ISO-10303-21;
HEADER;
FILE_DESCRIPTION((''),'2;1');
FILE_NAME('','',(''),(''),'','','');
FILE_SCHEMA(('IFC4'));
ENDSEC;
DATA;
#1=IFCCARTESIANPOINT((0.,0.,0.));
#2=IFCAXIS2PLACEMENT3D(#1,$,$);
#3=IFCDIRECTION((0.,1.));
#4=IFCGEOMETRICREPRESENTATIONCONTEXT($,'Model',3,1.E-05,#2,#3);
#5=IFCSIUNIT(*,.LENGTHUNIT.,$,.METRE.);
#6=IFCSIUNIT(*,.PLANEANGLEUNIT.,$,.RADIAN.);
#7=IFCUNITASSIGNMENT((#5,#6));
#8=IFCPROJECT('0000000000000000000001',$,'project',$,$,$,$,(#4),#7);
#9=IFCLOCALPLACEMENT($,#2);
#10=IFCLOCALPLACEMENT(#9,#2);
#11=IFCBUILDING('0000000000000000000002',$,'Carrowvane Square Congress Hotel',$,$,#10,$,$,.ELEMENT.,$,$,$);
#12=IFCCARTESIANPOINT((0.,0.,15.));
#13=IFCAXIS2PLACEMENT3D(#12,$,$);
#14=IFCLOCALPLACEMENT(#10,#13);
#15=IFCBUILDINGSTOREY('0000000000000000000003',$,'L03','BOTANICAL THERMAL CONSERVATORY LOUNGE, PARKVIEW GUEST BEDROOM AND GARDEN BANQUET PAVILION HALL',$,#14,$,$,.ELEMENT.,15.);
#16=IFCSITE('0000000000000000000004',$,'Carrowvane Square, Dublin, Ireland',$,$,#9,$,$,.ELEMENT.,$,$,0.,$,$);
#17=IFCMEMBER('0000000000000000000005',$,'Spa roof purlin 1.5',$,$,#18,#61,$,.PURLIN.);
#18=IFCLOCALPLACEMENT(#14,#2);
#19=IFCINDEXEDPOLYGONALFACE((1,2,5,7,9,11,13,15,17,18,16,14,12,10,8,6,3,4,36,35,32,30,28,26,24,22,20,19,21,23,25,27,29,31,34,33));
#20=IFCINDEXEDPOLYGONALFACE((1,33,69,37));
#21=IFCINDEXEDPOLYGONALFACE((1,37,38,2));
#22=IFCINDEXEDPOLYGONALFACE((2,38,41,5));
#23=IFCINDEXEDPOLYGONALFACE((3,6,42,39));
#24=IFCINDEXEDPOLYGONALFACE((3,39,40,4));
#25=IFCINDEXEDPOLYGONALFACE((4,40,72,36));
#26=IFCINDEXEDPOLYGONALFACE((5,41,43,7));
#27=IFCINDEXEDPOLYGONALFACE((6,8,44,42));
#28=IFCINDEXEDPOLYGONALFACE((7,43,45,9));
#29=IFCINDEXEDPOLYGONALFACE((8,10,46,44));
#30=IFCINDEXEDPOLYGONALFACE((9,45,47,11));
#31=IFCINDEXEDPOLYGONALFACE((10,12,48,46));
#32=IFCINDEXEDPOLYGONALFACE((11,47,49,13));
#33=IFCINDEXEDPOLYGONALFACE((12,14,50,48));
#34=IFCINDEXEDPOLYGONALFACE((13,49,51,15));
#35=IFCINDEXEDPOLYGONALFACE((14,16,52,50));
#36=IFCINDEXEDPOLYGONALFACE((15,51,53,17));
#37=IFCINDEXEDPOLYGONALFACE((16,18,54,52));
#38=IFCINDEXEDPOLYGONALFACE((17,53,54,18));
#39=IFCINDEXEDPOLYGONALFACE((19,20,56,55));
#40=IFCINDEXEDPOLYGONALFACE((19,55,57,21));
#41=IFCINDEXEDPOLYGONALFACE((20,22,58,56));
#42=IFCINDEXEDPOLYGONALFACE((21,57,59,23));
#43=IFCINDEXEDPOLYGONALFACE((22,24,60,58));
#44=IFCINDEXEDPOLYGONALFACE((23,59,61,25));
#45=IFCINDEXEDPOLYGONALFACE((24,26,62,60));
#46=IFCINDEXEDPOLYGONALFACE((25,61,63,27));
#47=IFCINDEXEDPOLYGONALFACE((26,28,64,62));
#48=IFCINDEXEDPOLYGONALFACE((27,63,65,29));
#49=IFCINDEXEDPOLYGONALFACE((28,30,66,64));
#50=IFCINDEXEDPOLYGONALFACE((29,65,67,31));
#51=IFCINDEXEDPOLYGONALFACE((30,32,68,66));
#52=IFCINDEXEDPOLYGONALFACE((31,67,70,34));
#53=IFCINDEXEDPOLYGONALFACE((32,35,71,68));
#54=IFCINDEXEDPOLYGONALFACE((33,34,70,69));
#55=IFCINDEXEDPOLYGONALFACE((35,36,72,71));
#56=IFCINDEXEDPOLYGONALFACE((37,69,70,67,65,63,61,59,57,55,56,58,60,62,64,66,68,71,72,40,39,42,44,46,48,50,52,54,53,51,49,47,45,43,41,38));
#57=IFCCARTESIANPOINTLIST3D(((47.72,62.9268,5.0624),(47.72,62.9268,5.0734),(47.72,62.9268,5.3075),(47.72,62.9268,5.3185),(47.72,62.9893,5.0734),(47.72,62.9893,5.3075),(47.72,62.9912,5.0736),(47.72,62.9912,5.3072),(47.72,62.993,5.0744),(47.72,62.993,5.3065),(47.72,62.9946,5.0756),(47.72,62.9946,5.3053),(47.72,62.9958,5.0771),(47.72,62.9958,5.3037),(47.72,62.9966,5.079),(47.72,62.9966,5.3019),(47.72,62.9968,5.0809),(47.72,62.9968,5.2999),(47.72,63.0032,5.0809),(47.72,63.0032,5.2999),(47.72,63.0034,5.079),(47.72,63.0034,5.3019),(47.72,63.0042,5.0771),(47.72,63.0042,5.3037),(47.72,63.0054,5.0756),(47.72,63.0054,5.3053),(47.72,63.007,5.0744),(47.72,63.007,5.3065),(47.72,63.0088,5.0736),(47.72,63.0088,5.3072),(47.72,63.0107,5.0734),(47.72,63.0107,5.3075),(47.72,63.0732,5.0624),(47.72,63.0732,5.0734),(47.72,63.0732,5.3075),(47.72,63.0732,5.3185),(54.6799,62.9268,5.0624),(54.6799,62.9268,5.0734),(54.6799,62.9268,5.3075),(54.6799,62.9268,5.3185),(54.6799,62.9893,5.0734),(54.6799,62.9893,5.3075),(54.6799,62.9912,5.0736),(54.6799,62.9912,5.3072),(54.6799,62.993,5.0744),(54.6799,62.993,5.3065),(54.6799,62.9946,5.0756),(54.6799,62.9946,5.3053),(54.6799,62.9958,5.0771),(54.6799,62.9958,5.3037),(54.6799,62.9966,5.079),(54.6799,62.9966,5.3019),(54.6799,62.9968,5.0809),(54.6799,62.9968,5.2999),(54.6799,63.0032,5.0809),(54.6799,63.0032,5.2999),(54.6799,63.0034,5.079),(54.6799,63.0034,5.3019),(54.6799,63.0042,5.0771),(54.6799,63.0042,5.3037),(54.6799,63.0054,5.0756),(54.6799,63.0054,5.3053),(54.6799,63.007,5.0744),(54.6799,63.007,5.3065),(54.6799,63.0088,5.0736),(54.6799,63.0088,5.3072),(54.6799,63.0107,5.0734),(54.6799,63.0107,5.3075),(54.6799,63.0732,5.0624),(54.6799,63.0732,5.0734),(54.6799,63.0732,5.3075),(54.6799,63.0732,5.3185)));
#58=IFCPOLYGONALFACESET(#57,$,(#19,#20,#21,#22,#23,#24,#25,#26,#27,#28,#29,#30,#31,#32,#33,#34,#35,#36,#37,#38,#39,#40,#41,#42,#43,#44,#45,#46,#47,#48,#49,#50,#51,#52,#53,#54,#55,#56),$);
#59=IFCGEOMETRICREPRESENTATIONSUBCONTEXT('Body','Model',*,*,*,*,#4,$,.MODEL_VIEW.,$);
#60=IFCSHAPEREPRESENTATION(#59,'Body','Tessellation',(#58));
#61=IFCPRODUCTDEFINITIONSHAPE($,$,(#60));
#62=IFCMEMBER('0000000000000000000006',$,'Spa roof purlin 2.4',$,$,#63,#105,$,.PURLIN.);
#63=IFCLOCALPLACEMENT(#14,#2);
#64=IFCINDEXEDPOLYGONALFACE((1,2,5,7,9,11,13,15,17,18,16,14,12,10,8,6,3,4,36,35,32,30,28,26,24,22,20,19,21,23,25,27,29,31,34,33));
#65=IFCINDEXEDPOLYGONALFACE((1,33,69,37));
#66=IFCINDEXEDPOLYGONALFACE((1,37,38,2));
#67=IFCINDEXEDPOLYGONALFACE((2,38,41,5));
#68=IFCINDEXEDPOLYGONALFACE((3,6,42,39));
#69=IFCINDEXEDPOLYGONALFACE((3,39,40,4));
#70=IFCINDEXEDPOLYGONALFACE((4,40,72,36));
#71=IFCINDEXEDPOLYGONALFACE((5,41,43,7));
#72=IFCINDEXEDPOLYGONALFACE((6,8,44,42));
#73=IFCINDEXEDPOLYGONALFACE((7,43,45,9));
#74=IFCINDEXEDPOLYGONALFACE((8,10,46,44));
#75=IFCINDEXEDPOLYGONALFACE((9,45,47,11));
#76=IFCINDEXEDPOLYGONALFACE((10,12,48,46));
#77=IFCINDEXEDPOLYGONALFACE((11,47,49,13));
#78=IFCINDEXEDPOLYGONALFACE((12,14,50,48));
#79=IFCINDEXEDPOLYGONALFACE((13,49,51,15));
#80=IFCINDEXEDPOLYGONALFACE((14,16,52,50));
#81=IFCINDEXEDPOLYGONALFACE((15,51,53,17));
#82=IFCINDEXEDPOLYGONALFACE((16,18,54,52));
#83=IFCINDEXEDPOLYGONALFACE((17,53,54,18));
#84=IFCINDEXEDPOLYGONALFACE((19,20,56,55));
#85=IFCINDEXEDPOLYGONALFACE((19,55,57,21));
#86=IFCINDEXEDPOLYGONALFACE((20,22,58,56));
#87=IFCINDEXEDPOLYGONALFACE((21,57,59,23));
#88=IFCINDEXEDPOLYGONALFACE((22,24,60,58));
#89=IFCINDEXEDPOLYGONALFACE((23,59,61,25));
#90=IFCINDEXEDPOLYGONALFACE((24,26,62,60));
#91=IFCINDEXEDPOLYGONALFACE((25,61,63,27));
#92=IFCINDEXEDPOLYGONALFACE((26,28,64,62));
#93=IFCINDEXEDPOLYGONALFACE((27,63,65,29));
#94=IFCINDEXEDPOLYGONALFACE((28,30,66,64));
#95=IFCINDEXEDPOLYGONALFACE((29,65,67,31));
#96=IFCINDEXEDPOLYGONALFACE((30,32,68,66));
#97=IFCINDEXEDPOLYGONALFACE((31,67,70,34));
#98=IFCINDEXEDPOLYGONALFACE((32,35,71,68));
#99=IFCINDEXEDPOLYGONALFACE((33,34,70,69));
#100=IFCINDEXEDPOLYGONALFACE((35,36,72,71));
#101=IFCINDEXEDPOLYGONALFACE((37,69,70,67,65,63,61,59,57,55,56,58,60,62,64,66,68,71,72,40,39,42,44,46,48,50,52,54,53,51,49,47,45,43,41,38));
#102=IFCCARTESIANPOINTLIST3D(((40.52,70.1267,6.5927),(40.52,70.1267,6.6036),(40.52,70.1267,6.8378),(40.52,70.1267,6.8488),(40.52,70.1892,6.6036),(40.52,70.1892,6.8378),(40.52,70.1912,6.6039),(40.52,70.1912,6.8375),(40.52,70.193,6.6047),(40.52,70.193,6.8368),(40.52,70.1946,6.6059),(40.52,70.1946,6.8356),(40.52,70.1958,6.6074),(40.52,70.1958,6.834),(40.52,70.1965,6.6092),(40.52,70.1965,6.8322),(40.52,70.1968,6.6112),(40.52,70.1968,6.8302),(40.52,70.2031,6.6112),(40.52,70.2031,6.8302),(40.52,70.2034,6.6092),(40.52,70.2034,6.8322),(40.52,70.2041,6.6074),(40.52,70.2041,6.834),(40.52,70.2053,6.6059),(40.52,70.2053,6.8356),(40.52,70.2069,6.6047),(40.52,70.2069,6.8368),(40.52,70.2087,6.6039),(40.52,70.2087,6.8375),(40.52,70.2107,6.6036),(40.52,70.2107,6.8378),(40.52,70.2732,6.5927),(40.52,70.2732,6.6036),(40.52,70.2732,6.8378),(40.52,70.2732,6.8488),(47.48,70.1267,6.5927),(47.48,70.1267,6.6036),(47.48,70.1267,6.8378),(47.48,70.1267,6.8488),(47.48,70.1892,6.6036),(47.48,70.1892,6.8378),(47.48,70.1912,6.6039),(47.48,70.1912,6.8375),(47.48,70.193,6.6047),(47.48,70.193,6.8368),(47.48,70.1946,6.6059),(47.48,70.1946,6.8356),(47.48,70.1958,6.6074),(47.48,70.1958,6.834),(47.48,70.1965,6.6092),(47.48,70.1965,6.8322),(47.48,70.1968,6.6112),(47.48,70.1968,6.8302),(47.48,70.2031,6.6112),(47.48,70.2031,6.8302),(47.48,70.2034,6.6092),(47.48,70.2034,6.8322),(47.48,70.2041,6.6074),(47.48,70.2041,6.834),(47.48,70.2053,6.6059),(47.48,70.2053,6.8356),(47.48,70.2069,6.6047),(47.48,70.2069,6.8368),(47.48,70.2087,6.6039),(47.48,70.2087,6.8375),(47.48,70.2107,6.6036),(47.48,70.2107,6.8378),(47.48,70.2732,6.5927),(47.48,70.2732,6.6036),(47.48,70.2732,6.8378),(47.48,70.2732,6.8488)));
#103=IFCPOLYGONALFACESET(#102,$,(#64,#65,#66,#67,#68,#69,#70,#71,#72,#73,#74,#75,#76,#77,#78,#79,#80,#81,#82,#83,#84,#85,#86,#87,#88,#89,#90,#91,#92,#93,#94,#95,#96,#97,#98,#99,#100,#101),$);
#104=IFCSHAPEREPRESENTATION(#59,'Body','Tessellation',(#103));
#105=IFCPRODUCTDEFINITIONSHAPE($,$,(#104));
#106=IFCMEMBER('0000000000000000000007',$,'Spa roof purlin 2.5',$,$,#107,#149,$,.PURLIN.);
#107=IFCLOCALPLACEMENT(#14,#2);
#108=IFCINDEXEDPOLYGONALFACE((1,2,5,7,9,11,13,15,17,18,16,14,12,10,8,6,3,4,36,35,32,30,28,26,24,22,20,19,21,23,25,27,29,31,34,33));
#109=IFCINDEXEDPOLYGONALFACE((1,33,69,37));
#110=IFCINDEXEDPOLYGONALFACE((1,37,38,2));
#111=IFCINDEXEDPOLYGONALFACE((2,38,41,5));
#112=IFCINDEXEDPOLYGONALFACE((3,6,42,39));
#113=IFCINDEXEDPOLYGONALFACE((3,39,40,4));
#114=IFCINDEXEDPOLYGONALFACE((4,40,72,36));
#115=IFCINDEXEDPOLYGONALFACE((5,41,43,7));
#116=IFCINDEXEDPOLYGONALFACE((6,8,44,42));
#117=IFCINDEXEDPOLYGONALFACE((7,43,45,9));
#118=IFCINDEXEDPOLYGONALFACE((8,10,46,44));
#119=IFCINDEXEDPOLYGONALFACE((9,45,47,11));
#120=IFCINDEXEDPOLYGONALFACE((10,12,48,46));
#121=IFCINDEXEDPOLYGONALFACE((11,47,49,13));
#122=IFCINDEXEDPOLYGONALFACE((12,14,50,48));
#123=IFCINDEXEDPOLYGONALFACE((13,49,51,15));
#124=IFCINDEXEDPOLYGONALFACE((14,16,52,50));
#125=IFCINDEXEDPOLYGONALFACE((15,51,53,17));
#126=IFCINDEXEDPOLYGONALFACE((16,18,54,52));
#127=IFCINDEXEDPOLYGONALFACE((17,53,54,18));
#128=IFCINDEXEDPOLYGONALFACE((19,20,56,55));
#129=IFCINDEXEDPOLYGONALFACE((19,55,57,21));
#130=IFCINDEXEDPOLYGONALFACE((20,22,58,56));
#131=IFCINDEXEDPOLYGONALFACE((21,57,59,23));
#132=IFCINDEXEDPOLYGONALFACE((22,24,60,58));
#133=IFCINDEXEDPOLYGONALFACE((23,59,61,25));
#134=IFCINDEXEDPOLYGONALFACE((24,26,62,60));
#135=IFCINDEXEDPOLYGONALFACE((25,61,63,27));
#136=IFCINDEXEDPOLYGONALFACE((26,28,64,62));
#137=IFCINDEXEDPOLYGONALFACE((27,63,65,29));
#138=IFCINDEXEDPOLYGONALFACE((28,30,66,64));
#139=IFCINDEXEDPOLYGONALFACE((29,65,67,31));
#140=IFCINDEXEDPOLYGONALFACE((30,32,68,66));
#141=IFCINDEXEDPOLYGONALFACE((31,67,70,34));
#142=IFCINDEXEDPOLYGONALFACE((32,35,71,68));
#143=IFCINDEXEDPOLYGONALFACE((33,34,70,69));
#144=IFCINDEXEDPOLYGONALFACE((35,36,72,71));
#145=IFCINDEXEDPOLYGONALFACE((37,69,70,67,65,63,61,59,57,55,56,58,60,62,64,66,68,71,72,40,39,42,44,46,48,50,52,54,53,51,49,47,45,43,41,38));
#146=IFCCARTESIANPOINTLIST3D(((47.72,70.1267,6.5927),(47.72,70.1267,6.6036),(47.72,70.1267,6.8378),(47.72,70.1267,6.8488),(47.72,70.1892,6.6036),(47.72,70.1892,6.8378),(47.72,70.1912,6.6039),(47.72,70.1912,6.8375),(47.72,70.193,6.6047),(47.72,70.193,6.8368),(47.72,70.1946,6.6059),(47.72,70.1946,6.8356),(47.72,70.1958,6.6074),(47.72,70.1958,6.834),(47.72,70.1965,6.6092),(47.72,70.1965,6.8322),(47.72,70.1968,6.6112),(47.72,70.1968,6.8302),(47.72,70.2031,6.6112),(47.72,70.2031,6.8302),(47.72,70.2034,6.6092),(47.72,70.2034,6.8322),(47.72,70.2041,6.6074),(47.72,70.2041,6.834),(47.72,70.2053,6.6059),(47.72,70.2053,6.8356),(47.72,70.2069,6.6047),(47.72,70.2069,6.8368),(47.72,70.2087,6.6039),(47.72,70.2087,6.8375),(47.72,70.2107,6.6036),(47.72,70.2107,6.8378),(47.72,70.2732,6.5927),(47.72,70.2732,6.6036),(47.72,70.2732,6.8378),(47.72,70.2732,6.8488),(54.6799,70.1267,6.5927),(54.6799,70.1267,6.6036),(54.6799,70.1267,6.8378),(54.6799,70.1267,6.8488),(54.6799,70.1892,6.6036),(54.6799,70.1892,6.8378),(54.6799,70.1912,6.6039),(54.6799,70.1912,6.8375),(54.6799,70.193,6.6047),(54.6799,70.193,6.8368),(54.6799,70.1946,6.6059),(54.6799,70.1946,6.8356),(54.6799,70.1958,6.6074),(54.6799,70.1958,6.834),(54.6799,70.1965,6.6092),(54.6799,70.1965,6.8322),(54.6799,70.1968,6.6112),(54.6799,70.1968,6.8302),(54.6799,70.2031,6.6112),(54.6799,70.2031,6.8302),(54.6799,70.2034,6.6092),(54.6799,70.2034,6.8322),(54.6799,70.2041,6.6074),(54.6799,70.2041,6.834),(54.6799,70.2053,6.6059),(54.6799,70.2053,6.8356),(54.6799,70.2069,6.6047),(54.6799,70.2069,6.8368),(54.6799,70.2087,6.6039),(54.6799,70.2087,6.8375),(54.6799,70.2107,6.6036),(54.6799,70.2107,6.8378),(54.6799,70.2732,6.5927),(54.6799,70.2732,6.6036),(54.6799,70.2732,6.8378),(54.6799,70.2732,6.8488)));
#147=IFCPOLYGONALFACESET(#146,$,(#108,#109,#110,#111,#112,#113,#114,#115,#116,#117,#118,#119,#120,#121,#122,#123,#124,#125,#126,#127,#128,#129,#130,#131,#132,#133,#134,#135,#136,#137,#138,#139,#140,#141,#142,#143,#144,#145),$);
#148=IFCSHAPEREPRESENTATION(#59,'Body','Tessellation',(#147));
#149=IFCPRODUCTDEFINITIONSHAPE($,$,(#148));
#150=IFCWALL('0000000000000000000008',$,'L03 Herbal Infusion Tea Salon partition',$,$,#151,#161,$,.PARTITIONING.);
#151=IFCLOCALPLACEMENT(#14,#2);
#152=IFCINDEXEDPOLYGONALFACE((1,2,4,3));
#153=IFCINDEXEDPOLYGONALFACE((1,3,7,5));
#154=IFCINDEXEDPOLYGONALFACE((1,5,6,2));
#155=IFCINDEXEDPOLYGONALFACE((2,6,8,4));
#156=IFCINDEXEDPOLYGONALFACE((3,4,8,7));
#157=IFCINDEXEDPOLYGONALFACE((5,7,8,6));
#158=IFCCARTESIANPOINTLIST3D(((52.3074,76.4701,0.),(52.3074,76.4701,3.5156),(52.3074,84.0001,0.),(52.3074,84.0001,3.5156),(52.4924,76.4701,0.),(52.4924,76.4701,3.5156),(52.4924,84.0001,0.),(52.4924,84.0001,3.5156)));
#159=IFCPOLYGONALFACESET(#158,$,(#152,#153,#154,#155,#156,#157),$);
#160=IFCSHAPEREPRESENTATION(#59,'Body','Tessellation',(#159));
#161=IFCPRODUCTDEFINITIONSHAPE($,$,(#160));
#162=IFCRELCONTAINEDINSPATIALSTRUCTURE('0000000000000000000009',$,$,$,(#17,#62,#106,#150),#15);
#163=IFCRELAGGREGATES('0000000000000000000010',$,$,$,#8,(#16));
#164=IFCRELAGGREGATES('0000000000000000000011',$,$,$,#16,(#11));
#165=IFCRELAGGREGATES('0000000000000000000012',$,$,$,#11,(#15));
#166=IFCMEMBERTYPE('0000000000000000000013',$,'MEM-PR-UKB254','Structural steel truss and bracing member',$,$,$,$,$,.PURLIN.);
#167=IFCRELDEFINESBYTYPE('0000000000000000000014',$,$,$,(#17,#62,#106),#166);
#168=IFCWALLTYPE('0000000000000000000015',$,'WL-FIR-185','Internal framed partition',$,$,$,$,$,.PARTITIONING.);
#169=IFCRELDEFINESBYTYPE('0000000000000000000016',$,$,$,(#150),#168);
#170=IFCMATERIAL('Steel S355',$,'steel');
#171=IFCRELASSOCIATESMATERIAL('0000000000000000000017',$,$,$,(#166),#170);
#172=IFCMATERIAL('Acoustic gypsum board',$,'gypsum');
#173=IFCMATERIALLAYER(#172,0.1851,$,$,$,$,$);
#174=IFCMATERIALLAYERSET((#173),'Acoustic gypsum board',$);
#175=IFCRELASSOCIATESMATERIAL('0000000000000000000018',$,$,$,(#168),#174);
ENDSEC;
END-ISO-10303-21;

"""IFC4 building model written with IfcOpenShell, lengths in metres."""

from ifc_helpers import new_model, si_unit, direction, frame, frame_2d, origin, origin_2d, place, context, subcontext, project, spatial, rectangle, i_section, extrude, material, layer, layer_set, material_profile, profile_set, type_object, element, save


model = new_model("IFC4")

# Units and contexts
model_context = context("Model", 3, precision=1e-05, world=origin(), true_north=direction((0.0, 1.0)))
body_context = subcontext(model_context, "Body", "Model", "MODEL_VIEW")
ifc_project = project(units=[si_unit("LENGTHUNIT", "METRE"), si_unit("PLANEANGLEUNIT", "RADIAN")], contexts=[model_context])

# Site, building, storey
site_placement = place(None, origin())
site = spatial("IfcSite", under=ifc_project, at=site_placement, Name="Carrowvane Square, Dublin, Ireland", CompositionType="ELEMENT", RefElevation=0.0)
building_placement = place(site_placement, origin())
building = spatial("IfcBuilding", under=site, at=building_placement, Name="Carrowvane Square Congress Hotel", CompositionType="ELEMENT")
storey_placement = place(building_placement, frame((0.0, 0.0, 15.0)))
storey = spatial("IfcBuildingStorey", under=building, at=storey_placement, Name="L03", Description="BOTANICAL THERMAL CONSERVATORY LOUNGE, PARKVIEW GUEST BEDROOM AND GARDEN BANQUET PAVILION HALL", CompositionType="ELEMENT", Elevation=15.0)

# Members
ifc_material_1 = material(Name="Steel S355", Category="steel")
ifc_material_profile_1 = material_profile(ifc_material_1, i_section(OverallWidth=0.1465, OverallDepth=0.2561, WebThickness=0.0063, FlangeThickness=0.011, FilletRadius=0.0076, at=origin_2d()), Name="UKB 254x146x37")
ifc_profile_set_1 = profile_set([ifc_material_profile_1], Name="Steel S355")
member_type = type_object("IfcMemberType", Name="MEM-PR-UKB254", Description="Structural steel truss and bracing member", PredefinedType="PURLIN", material=ifc_profile_set_1)
for number, where, z_axis, x_axis, name in (
    (1, (47.72, 63.0, 5.1904), (1.0, 0.0, 0.0), (0.0, 1.0, 0.0), "Spa roof purlin 1.5"),
    (2, (40.52, 70.2, 6.7207), (1.0, 0.0, 0.0), (0.0, 1.0, 0.0), "Spa roof purlin 2.4"),
    (3, (47.72, 70.2, 6.7207), (1.0, 0.0, 0.0), (0.0, 1.0, 0.0), "Spa roof purlin 2.5"),
):
    element("IfcMember", number, at=place(storey_placement, frame(where, z_axis=z_axis, x_axis=x_axis)), inside=storey, type_object=member_type, Name=name, PredefinedType="PURLIN", context=body_context, shape_type="SweptSolid", body=[
        extrude(i_section(OverallWidth=0.1465, OverallDepth=0.2561, WebThickness=0.0063, FlangeThickness=0.011, FilletRadius=0.0076, at=origin_2d()), origin(), (0.0, 0.0, 1.0), 6.96),
    ])

# Wall
ifc_material_2 = material(Name="Acoustic gypsum board", Category="gypsum")
ifc_layer = layer(ifc_material_2, 0.1851)
ifc_layer_set = layer_set([ifc_layer], Name="Acoustic gypsum board")
wall_type = type_object("IfcWallType", Name="WL-FIR-185", Description="Internal framed partition", PredefinedType="PARTITIONING", material=ifc_layer_set)
wall_placement = place(storey_placement, frame((52.3999, 76.47, 0.0), z_axis=(0.0, 0.0, 1.0), x_axis=(0.0, 1.0, 0.0)))
element("IfcWall", 4, at=wall_placement, inside=storey, type_object=wall_type, Name="L03 Herbal Infusion Tea Salon partition", PredefinedType="PARTITIONING", context=body_context, shape_type="SweptSolid", body=[
    extrude(rectangle(XDim=7.53, YDim=0.1851, at=frame_2d((3.7651, 0.0))), origin(), (0.0, 0.0, 1.0), 3.5156),
])

save(model, "model.ifc")
